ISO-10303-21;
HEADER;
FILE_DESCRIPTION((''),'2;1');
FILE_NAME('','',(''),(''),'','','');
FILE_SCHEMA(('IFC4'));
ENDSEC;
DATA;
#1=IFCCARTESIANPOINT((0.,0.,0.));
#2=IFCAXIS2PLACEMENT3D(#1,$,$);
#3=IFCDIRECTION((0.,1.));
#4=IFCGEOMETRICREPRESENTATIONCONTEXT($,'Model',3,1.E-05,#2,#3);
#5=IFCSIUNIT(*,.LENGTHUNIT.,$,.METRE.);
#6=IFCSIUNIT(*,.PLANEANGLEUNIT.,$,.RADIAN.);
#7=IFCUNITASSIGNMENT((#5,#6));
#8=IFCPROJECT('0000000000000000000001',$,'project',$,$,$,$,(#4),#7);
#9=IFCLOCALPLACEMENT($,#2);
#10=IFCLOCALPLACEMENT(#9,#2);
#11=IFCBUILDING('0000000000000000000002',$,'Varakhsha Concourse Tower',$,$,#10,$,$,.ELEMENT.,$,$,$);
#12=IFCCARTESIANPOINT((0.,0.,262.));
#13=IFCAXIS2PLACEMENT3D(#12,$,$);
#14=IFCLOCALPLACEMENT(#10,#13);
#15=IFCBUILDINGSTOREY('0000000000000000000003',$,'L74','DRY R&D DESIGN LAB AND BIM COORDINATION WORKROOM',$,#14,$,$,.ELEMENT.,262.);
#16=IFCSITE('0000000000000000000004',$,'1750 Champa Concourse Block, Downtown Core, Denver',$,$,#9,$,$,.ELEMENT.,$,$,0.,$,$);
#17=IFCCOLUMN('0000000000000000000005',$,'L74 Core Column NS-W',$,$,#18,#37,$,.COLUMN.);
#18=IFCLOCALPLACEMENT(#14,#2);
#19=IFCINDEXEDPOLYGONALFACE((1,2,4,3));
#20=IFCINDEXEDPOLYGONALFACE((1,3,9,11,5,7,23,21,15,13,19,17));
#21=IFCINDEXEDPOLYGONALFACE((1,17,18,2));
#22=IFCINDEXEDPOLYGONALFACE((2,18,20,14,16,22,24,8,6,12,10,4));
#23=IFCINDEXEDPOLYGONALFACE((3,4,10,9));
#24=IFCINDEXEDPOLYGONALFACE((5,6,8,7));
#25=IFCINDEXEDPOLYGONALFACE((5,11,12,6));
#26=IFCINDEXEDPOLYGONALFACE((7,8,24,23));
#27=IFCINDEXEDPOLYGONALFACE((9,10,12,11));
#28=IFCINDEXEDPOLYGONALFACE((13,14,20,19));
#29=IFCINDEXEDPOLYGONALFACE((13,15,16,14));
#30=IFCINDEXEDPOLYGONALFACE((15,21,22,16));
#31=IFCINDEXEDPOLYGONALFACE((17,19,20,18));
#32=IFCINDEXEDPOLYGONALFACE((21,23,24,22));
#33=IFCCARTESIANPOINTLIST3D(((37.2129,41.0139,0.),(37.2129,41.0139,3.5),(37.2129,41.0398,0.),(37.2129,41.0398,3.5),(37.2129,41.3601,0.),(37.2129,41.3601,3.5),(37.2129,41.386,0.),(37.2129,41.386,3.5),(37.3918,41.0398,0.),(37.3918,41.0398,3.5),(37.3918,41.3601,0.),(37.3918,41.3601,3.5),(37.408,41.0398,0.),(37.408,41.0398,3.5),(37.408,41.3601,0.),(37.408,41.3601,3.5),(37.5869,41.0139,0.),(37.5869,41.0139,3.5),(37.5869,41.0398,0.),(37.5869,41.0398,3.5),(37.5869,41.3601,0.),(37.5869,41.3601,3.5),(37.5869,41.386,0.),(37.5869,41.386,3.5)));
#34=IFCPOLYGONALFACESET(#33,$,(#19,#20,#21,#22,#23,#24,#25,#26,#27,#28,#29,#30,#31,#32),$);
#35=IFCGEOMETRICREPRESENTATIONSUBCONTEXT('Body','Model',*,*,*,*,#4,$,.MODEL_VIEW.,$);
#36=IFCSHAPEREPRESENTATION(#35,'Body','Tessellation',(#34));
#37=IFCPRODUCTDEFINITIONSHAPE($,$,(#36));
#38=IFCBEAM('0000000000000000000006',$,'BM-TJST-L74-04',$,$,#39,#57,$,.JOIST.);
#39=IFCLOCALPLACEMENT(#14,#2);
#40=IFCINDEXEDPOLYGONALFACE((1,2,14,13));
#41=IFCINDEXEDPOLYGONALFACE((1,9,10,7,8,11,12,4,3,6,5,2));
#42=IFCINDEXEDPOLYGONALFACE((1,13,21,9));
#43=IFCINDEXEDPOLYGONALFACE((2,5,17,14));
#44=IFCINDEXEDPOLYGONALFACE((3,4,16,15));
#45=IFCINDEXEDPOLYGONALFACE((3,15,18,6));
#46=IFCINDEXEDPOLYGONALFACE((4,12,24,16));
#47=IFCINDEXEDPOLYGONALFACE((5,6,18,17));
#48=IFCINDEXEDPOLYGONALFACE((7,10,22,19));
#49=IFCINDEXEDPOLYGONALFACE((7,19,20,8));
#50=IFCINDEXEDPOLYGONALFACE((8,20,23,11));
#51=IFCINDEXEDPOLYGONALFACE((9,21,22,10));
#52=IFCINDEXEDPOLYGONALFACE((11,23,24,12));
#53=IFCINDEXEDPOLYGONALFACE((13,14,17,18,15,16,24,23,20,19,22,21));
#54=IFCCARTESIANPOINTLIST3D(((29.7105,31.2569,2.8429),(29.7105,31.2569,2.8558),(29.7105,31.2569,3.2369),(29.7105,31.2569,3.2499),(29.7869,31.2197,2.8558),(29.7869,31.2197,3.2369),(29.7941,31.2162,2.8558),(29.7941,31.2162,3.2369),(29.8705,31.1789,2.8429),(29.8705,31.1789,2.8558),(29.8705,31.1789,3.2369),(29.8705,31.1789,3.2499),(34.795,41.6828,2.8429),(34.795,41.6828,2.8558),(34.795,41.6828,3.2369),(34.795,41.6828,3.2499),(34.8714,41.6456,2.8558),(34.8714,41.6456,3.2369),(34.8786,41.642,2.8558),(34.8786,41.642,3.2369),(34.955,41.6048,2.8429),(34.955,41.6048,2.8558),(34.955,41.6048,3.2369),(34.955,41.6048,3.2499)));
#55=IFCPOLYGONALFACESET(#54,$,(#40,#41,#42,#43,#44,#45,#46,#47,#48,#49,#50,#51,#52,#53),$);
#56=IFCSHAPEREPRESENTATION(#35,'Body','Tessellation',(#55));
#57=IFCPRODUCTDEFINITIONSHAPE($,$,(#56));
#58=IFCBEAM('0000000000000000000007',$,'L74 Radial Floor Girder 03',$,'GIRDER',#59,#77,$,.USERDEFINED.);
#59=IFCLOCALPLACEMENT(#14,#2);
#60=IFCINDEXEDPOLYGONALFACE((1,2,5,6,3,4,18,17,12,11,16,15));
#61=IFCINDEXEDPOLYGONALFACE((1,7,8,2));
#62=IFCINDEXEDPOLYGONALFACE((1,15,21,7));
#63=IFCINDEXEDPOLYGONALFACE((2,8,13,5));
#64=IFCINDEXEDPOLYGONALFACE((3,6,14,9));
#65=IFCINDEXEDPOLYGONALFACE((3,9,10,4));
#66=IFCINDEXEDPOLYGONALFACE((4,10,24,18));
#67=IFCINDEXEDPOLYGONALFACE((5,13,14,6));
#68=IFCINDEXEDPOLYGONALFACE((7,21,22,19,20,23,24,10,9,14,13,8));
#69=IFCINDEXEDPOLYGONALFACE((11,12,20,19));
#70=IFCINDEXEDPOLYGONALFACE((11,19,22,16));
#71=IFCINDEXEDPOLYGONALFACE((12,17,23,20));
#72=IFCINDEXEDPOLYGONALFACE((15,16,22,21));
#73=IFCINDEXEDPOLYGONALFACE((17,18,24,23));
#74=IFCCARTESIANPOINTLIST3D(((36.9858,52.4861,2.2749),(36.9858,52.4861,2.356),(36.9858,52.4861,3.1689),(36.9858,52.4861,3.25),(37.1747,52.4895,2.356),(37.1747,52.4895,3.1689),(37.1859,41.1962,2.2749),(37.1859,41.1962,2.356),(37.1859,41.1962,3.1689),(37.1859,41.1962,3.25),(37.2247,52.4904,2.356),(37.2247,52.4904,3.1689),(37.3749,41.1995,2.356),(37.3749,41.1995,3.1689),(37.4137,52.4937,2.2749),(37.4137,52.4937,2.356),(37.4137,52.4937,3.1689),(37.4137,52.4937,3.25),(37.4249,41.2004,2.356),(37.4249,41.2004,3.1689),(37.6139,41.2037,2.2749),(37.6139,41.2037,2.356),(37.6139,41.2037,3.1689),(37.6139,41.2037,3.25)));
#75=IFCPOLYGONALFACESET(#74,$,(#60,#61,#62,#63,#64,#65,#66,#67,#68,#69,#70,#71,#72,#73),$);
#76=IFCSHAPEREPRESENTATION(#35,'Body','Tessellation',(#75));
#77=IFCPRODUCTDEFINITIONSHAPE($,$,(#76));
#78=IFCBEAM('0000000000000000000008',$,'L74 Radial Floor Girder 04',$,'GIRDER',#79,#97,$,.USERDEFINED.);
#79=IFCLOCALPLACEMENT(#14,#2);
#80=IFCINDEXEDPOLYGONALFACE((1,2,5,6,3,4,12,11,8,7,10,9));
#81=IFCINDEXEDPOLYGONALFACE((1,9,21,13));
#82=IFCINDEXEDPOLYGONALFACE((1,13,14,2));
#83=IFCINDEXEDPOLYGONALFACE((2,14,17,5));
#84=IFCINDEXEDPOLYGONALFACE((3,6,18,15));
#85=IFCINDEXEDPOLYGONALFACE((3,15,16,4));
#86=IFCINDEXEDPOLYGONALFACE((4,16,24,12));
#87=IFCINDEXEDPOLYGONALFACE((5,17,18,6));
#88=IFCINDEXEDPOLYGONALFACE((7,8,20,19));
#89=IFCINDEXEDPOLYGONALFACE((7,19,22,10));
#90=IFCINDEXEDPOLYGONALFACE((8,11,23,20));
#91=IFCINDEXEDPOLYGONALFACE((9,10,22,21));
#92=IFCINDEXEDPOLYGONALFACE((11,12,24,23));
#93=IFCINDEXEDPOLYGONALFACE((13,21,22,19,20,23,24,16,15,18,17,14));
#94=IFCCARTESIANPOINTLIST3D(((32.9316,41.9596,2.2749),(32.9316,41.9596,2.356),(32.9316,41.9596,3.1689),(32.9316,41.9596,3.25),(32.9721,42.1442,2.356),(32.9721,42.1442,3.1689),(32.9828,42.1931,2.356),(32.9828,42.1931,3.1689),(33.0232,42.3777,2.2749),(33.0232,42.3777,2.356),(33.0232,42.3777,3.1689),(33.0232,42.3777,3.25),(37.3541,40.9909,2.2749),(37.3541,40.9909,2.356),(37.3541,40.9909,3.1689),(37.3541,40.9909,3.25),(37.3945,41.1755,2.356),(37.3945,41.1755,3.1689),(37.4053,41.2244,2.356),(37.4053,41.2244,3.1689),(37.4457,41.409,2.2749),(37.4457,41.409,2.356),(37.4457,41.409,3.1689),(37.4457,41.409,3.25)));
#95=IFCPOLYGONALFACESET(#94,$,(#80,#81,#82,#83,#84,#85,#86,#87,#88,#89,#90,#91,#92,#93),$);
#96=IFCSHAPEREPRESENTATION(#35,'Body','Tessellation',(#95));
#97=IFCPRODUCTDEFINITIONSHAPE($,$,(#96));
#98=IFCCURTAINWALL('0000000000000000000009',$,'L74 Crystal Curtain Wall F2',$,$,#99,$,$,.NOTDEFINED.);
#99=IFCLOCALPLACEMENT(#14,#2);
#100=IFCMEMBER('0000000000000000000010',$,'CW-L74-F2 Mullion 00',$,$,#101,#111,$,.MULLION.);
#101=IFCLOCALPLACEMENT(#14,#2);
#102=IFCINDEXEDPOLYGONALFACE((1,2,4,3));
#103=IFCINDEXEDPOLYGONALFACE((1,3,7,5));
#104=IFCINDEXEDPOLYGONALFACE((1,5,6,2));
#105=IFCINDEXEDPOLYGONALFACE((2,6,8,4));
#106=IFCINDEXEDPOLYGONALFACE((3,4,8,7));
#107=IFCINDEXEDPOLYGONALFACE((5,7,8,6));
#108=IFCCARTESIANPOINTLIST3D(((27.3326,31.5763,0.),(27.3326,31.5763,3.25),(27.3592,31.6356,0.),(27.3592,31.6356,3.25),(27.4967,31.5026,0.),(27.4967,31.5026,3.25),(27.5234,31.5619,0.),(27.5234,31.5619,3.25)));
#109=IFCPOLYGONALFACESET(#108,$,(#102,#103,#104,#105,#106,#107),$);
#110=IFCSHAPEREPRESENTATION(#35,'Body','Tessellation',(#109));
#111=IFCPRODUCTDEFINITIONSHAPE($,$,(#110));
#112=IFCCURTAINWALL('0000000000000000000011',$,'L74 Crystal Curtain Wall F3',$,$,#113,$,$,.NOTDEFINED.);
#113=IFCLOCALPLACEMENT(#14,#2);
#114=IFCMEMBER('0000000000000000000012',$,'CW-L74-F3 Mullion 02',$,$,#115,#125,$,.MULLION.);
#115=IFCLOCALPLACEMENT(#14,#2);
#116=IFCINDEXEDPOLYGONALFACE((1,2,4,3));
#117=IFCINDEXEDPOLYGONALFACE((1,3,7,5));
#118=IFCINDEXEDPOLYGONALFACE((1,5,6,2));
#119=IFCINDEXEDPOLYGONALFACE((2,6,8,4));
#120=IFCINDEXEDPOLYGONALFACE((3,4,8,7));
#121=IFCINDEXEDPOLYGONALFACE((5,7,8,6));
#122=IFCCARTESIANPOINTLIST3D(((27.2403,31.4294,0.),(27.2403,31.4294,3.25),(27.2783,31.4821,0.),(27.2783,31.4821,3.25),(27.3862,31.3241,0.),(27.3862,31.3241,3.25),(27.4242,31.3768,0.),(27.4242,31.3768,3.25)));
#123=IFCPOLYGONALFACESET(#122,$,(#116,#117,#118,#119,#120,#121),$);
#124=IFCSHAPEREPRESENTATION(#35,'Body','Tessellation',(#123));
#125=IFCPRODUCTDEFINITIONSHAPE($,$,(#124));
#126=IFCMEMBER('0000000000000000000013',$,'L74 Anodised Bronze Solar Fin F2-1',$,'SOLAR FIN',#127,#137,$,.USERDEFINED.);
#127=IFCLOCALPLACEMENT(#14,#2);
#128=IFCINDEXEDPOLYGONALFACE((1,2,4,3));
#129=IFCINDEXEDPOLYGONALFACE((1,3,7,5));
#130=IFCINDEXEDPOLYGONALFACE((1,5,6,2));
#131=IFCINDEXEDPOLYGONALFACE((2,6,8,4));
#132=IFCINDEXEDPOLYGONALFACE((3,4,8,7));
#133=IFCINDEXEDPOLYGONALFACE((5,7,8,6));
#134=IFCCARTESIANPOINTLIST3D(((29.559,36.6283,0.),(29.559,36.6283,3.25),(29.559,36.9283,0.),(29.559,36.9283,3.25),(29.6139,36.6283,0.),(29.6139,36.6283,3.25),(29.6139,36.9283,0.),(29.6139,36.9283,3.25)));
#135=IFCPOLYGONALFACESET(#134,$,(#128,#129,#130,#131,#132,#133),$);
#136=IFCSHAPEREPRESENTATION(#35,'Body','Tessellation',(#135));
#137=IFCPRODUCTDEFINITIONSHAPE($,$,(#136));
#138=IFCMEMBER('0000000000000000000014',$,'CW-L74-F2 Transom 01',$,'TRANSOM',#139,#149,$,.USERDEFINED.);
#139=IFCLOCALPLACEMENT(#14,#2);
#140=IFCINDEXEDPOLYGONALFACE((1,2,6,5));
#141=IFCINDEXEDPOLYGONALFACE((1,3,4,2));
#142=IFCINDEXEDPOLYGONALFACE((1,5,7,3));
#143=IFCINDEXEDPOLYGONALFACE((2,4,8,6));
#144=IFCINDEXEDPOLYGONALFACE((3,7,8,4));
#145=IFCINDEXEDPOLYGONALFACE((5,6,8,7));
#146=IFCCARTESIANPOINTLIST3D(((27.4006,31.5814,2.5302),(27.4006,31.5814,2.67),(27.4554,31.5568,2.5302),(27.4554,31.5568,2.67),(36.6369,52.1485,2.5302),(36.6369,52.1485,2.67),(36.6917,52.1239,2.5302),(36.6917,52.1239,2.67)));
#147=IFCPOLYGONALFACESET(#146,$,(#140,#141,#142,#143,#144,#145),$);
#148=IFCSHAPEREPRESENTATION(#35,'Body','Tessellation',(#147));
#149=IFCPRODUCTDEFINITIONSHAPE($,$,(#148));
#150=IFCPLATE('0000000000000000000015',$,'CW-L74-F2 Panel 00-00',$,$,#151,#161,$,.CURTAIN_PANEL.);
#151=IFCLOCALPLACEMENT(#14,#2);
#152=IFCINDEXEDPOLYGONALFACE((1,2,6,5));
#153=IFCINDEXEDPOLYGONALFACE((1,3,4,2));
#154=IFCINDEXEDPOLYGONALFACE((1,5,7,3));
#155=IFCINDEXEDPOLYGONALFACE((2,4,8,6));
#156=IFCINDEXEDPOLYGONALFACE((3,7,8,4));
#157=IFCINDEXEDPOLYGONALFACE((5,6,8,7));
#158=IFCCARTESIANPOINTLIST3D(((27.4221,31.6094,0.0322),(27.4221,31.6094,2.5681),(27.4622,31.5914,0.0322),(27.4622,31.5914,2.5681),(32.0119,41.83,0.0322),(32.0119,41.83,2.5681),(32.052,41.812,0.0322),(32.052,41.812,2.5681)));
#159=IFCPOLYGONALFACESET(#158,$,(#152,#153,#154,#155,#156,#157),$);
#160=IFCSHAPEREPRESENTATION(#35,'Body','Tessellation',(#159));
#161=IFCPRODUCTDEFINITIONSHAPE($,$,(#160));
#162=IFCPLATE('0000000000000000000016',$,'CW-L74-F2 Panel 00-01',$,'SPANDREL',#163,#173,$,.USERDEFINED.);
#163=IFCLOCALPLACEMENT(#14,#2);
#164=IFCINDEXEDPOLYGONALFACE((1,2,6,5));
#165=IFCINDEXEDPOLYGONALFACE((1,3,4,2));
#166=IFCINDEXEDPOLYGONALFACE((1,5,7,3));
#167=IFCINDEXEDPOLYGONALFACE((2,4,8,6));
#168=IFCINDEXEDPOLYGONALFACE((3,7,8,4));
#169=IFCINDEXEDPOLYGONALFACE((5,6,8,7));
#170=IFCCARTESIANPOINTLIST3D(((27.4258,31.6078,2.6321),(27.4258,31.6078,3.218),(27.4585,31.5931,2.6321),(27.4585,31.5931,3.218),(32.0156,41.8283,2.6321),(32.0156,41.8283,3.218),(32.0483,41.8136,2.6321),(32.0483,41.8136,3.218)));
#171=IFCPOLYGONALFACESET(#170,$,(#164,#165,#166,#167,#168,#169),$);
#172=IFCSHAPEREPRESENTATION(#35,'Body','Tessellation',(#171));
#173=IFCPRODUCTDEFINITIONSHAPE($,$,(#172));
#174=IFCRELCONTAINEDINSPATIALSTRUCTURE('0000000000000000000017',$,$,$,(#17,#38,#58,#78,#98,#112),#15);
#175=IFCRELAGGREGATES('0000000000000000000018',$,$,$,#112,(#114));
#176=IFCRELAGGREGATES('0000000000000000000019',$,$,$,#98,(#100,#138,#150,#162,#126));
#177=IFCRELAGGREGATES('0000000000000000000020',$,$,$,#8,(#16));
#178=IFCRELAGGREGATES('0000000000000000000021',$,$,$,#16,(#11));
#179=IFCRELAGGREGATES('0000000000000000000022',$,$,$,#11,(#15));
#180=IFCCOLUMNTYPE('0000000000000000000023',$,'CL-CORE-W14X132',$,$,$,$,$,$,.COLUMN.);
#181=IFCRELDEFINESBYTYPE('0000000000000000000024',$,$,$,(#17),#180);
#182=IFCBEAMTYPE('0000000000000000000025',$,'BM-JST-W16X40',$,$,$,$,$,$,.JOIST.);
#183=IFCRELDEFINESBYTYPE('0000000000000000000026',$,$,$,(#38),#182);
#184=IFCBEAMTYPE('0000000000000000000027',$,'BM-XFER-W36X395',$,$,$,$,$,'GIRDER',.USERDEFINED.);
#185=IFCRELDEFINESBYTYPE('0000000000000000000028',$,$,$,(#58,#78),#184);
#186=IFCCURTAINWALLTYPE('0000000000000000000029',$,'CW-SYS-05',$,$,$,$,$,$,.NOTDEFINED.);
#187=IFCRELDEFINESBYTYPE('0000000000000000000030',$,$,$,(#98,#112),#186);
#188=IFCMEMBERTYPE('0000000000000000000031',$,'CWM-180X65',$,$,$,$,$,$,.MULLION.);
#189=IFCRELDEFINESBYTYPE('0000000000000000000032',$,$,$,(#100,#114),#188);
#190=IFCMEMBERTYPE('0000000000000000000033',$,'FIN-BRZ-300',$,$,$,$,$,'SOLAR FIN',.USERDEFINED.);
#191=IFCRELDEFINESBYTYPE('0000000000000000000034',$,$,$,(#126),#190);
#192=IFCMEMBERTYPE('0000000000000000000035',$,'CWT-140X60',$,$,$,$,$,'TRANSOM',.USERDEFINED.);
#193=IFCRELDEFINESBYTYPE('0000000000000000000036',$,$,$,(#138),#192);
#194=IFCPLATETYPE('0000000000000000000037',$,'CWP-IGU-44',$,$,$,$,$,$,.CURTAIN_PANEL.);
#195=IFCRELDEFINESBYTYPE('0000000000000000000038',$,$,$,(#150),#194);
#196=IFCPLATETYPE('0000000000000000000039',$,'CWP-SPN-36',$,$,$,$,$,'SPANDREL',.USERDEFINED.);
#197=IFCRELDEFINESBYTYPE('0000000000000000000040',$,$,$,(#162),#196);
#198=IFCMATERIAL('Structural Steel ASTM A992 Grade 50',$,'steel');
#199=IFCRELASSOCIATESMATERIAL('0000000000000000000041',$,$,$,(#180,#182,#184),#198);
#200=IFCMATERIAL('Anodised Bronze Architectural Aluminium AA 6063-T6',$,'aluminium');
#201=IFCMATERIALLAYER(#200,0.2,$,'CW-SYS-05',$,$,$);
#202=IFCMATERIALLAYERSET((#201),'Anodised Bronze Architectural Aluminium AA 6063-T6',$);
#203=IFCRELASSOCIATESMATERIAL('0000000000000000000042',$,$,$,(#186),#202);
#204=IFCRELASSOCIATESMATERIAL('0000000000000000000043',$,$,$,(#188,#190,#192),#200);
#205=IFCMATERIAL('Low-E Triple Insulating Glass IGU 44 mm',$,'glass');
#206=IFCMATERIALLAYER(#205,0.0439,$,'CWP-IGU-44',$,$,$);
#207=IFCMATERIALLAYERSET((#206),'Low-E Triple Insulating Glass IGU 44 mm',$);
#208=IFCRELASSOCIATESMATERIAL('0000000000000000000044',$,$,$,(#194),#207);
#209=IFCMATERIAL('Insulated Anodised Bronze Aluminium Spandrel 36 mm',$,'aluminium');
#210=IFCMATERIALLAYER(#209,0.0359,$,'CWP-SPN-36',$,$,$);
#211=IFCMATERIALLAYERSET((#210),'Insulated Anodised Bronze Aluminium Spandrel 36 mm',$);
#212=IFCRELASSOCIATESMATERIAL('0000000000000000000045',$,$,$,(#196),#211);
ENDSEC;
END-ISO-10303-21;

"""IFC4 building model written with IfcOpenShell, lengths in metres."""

from ifc_helpers import new_model, si_unit, direction, frame, origin, origin_2d, place, context, subcontext, project, spatial, rectangle, i_section, extrude, source, transform, mapped, material, layer, layer_set, material_profile, profile_set, type_object, type_shapes, element, aggregate, save


model = new_model("IFC4")

# Units and contexts
model_context = context("Model", 3, precision=1e-05, world=origin(), true_north=direction((0.0, 1.0)))
body_context = subcontext(model_context, "Body", "Model", "MODEL_VIEW")
ifc_project = project(units=[si_unit("LENGTHUNIT", "METRE"), si_unit("PLANEANGLEUNIT", "RADIAN")], contexts=[model_context])

# Site, building, storey
site_placement = place(None, origin())
site = spatial("IfcSite", under=ifc_project, at=site_placement, Name="1750 Champa Concourse Block, Downtown Core, Denver", CompositionType="ELEMENT", RefElevation=0.0)
building_placement = place(site_placement, origin())
building = spatial("IfcBuilding", under=site, at=building_placement, Name="Varakhsha Concourse Tower", CompositionType="ELEMENT")
storey_placement = place(building_placement, frame((0.0, 0.0, 262.0)))
storey = spatial("IfcBuildingStorey", under=building, at=storey_placement, Name="L74", Description="DRY R&D DESIGN LAB AND BIM COORDINATION WORKROOM", CompositionType="ELEMENT", Elevation=262.0)

# Column
ifc_material_1 = material(Name="Structural Steel ASTM A992 Grade 50", Category="steel")
ifc_material_profile_1 = material_profile(ifc_material_1, i_section(OverallWidth=0.374, OverallDepth=0.3721, WebThickness=0.0161, FlangeThickness=0.0259, at=origin_2d()), Name="W14X132")
ifc_profile_set_1 = profile_set([ifc_material_profile_1], Name="Structural Steel ASTM A992 Grade 50")
column_type = type_object("IfcColumnType", Name="CL-CORE-W14X132", PredefinedType="COLUMN", material=ifc_profile_set_1)
column_placement = place(storey_placement, frame((37.3999, 41.2, 0.0), z_axis=(0.0, 0.0, 1.0), x_axis=(1.0, 0.0, 0.0)))
element("IfcColumn", 1, at=column_placement, inside=storey, type_object=column_type, Name="L74 Core Column NS-W", PredefinedType="COLUMN", context=body_context, shape_type="SweptSolid", body=[
    extrude(i_section(OverallWidth=0.374, OverallDepth=0.3721, WebThickness=0.0161, FlangeThickness=0.0259, at=origin_2d()), origin(), (0.0, 0.0, 1.0), 3.5),
])

# Beams
ifc_material_profile_2 = material_profile(ifc_material_1, i_section(OverallWidth=0.178, OverallDepth=0.407, WebThickness=0.0081, FlangeThickness=0.0129, at=origin_2d()), Name="W16X40")
ifc_profile_set_2 = profile_set([ifc_material_profile_2], Name="Structural Steel ASTM A992 Grade 50")
beam_type_1 = type_object("IfcBeamType", Name="BM-JST-W16X40", PredefinedType="JOIST", material=ifc_profile_set_2)
beam_1_placement = place(storey_placement, frame((34.875, 41.6438, 3.0464), z_axis=(-0.438335, -0.898812, 0.0), x_axis=(0.898812, -0.438335, 0.0)))
element("IfcBeam", 2, at=beam_1_placement, inside=storey, type_object=beam_type_1, Name="BM-TJST-L74-04", PredefinedType="JOIST", context=body_context, shape_type="SweptSolid", body=[
    extrude(i_section(OverallWidth=0.178, OverallDepth=0.407, WebThickness=0.0081, FlangeThickness=0.0129, at=origin_2d()), origin(), (0.0, 0.0, 1.0), 11.5996),
])
ifc_material_profile_3 = material_profile(ifc_material_1, i_section(OverallWidth=0.428, OverallDepth=0.9751, WebThickness=0.05, FlangeThickness=0.0811, at=origin_2d()), Name="W36X395")
ifc_profile_set_3 = profile_set([ifc_material_profile_3], Name="Structural Steel ASTM A992 Grade 50")
beam_type_2 = type_object("IfcBeamType", Name="BM-XFER-W36X395", ElementType="GIRDER", PredefinedType="USERDEFINED", material=ifc_profile_set_3)
beam_2_placement = place(storey_placement, frame((37.3999, 41.2, 2.7625), z_axis=(-0.017729, 0.999843, 0.0), x_axis=(-0.999843, -0.017729, 0.0)))
element("IfcBeam", 3, at=beam_2_placement, inside=storey, type_object=beam_type_2, Name="L74 Radial Floor Girder 03", ObjectType="GIRDER", PredefinedType="USERDEFINED", context=body_context, shape_type="SweptSolid", body=[
    extrude(i_section(OverallWidth=0.428, OverallDepth=0.9751, WebThickness=0.05, FlangeThickness=0.0811, at=origin_2d()), origin(), (0.0, 0.0, 1.0), 11.2917),
])
beam_3_placement = place(storey_placement, frame((37.3999, 41.2, 2.7625), z_axis=(-0.97684, 0.213972, 0.0), x_axis=(-0.213972, -0.97684, 0.0)))
element("IfcBeam", 4, at=beam_3_placement, inside=storey, type_object=beam_type_2, Name="L74 Radial Floor Girder 04", ObjectType="GIRDER", PredefinedType="USERDEFINED", context=body_context, shape_type="SweptSolid", body=[
    extrude(i_section(OverallWidth=0.428, OverallDepth=0.9751, WebThickness=0.05, FlangeThickness=0.0811, at=origin_2d()), origin(), (0.0, 0.0, 1.0), 4.5273),
])

# Curtain walls, members
ifc_material_2 = material(Name="Anodised Bronze Architectural Aluminium AA 6063-T6", Category="aluminium")
ifc_layer_1 = layer(ifc_material_2, 0.2, Name="CW-SYS-05")
ifc_layer_set_1 = layer_set([ifc_layer_1], Name="Anodised Bronze Architectural Aluminium AA 6063-T6")
curtain_wall_type = type_object("IfcCurtainWallType", Name="CW-SYS-05", PredefinedType="NOTDEFINED", material=ifc_layer_set_1)
curtain_wall_1_placement = place(storey_placement, origin())
curtain_wall_1 = element("IfcCurtainWall", 5, at=curtain_wall_1_placement, inside=storey, type_object=curtain_wall_type, Name="L74 Crystal Curtain Wall F2", PredefinedType="NOTDEFINED")
ifc_material_profile_4 = material_profile(ifc_material_2, rectangle(XDim=0.0649, YDim=0.1799, at=origin_2d()), Name="CWM-180X65")
ifc_profile_set_4 = profile_set([ifc_material_profile_4], Name="Anodised Bronze Architectural Aluminium AA 6063-T6")
member_type_1 = type_object("IfcMemberType", Name="CWM-180X65", PredefinedType="MULLION", material=ifc_profile_set_4)
shared_shape_1 = source(origin(), body_context, "Body", "SweptSolid", [
    extrude(rectangle(XDim=0.0649, YDim=0.1799, at=origin_2d()), origin(), (0.0, 0.0, 1.0), 3.25),
])
type_shapes(member_type_1, [shared_shape_1])
member_1_placement = place(storey_placement, frame((27.428, 31.5691, 0.0), z_axis=(0.0, 0.0, 1.0), x_axis=(0.409662, 0.912237, 0.0)))
member_1 = element("IfcMember", 6, at=member_1_placement, type_object=member_type_1, Name="CW-L74-F2 Mullion 00", PredefinedType="MULLION", context=body_context, shape_type="MappedRepresentation", body=[
    mapped(shared_shape_1, transform((0.0, 0.0, 0.0), scale=1.0)),
])
curtain_wall_2_placement = place(storey_placement, origin())
curtain_wall_2 = element("IfcCurtainWall", 7, at=curtain_wall_2_placement, inside=storey, type_object=curtain_wall_type, Name="L74 Crystal Curtain Wall F3", PredefinedType="NOTDEFINED")
member_2_placement = place(storey_placement, frame((27.3323, 31.4031, 0.0), z_axis=(0.0, 0.0, 1.0), x_axis=(0.585188, 0.810897, 0.0)))
member_2 = element("IfcMember", 8, at=member_2_placement, type_object=member_type_1, Name="CW-L74-F3 Mullion 02", PredefinedType="MULLION", context=body_context, shape_type="MappedRepresentation", body=[
    mapped(shared_shape_1, transform((0.0, 0.0, 0.0), scale=1.0)),
])
aggregate(curtain_wall_2, [member_2])

# Members
ifc_material_profile_5 = material_profile(ifc_material_2, rectangle(XDim=0.0549, YDim=0.3, at=origin_2d()), Name="FIN-BRZ-300")
ifc_profile_set_5 = profile_set([ifc_material_profile_5], Name="Anodised Bronze Architectural Aluminium AA 6063-T6")
member_type_2 = type_object("IfcMemberType", Name="FIN-BRZ-300", ElementType="SOLAR FIN", PredefinedType="USERDEFINED", material=ifc_profile_set_5)
shared_shape_2 = source(origin(), body_context, "Body", "SweptSolid", [
    extrude(rectangle(XDim=0.0549, YDim=0.3, at=origin_2d()), origin(), (0.0, 0.0, 1.0), 3.25),
])
type_shapes(member_type_2, [shared_shape_2])
member_3_placement = place(storey_placement, frame((29.5864, 36.7783, 0.0), z_axis=(0.0, 0.0, 1.0), x_axis=(1.0, 0.0, 0.0)))
member_3 = element("IfcMember", 9, at=member_3_placement, type_object=member_type_2, Name="L74 Anodised Bronze Solar Fin F2-1", ObjectType="SOLAR FIN", PredefinedType="USERDEFINED", context=body_context, shape_type="MappedRepresentation", body=[
    mapped(shared_shape_2, transform((0.0, 0.0, 0.0), scale=1.0)),
])
ifc_material_profile_6 = material_profile(ifc_material_2, rectangle(XDim=0.0601, YDim=0.1399, at=origin_2d()), Name="CWT-140X60")
ifc_profile_set_6 = profile_set([ifc_material_profile_6], Name="Anodised Bronze Architectural Aluminium AA 6063-T6")
member_type_3 = type_object("IfcMemberType", Name="CWT-140X60", ElementType="TRANSOM", PredefinedType="USERDEFINED", material=ifc_profile_set_6)
shared_shape_3 = source(origin(), body_context, "Body", "SweptSolid", [
    extrude(rectangle(XDim=0.0601, YDim=0.1399, at=origin_2d()), origin(), (0.0, 0.0, 1.0), 22.5459),
])
type_shapes(member_type_3, [shared_shape_3])
member_4_placement = place(storey_placement, frame((27.428, 31.5691, 2.6001), z_axis=(0.409668, 0.912235, 0.0), x_axis=(-0.912235, 0.409668, 0.0)))
member_4 = element("IfcMember", 10, at=member_4_placement, type_object=member_type_3, Name="CW-L74-F2 Transom 01", ObjectType="TRANSOM", PredefinedType="USERDEFINED", context=body_context, shape_type="MappedRepresentation", body=[
    mapped(shared_shape_3, transform((0.0, 0.0, 0.0), scale=1.0)),
])

# Plates
ifc_material_3 = material(Name="Low-E Triple Insulating Glass IGU 44 mm", Category="glass")
ifc_layer_2 = layer(ifc_material_3, 0.0439, Name="CWP-IGU-44")
ifc_layer_set_2 = layer_set([ifc_layer_2], Name="Low-E Triple Insulating Glass IGU 44 mm")
plate_type_1 = type_object("IfcPlateType", Name="CWP-IGU-44", PredefinedType="CURTAIN_PANEL", material=ifc_layer_set_2)
shared_shape_4 = source(origin(), body_context, "Body", "SweptSolid", [
    extrude(rectangle(XDim=11.2039, YDim=0.0439, at=origin_2d()), origin(), (0.0, 0.0, 1.0), 2.5359),
])
type_shapes(plate_type_1, [shared_shape_4])
plate_1_placement = place(storey_placement, frame((29.7371, 36.7107, 0.0322), z_axis=(0.0, 0.0, 1.0), x_axis=(0.409662, 0.912237, 0.0)))
plate_1 = element("IfcPlate", 11, at=plate_1_placement, type_object=plate_type_1, Name="CW-L74-F2 Panel 00-00", PredefinedType="CURTAIN_PANEL", context=body_context, shape_type="MappedRepresentation", body=[
    mapped(shared_shape_4, transform((0.0, 0.0, 0.0), scale=1.0)),
])
ifc_material_4 = material(Name="Insulated Anodised Bronze Aluminium Spandrel 36 mm", Category="aluminium")
ifc_layer_3 = layer(ifc_material_4, 0.0359, Name="CWP-SPN-36")
ifc_layer_set_3 = layer_set([ifc_layer_3], Name="Insulated Anodised Bronze Aluminium Spandrel 36 mm")
plate_type_2 = type_object("IfcPlateType", Name="CWP-SPN-36", ElementType="SPANDREL", PredefinedType="USERDEFINED", material=ifc_layer_set_3)
shared_shape_5 = source(origin(), body_context, "Body", "SweptSolid", [
    extrude(rectangle(XDim=11.2039, YDim=0.0359, at=origin_2d()), origin(), (0.0, 0.0, 1.0), 0.5859),
])
type_shapes(plate_type_2, [shared_shape_5])
plate_2_placement = place(storey_placement, frame((29.7371, 36.7107, 2.6321), z_axis=(0.0, 0.0, 1.0), x_axis=(0.409662, 0.912237, 0.0)))
plate_2 = element("IfcPlate", 12, at=plate_2_placement, type_object=plate_type_2, Name="CW-L74-F2 Panel 00-01", ObjectType="SPANDREL", PredefinedType="USERDEFINED", context=body_context, shape_type="MappedRepresentation", body=[
    mapped(shared_shape_5, transform((0.0, 0.0, 0.0), scale=1.0)),
])
aggregate(curtain_wall_1, [member_1, member_4, plate_1, plate_2, member_3])

save(model, "model.ifc")
